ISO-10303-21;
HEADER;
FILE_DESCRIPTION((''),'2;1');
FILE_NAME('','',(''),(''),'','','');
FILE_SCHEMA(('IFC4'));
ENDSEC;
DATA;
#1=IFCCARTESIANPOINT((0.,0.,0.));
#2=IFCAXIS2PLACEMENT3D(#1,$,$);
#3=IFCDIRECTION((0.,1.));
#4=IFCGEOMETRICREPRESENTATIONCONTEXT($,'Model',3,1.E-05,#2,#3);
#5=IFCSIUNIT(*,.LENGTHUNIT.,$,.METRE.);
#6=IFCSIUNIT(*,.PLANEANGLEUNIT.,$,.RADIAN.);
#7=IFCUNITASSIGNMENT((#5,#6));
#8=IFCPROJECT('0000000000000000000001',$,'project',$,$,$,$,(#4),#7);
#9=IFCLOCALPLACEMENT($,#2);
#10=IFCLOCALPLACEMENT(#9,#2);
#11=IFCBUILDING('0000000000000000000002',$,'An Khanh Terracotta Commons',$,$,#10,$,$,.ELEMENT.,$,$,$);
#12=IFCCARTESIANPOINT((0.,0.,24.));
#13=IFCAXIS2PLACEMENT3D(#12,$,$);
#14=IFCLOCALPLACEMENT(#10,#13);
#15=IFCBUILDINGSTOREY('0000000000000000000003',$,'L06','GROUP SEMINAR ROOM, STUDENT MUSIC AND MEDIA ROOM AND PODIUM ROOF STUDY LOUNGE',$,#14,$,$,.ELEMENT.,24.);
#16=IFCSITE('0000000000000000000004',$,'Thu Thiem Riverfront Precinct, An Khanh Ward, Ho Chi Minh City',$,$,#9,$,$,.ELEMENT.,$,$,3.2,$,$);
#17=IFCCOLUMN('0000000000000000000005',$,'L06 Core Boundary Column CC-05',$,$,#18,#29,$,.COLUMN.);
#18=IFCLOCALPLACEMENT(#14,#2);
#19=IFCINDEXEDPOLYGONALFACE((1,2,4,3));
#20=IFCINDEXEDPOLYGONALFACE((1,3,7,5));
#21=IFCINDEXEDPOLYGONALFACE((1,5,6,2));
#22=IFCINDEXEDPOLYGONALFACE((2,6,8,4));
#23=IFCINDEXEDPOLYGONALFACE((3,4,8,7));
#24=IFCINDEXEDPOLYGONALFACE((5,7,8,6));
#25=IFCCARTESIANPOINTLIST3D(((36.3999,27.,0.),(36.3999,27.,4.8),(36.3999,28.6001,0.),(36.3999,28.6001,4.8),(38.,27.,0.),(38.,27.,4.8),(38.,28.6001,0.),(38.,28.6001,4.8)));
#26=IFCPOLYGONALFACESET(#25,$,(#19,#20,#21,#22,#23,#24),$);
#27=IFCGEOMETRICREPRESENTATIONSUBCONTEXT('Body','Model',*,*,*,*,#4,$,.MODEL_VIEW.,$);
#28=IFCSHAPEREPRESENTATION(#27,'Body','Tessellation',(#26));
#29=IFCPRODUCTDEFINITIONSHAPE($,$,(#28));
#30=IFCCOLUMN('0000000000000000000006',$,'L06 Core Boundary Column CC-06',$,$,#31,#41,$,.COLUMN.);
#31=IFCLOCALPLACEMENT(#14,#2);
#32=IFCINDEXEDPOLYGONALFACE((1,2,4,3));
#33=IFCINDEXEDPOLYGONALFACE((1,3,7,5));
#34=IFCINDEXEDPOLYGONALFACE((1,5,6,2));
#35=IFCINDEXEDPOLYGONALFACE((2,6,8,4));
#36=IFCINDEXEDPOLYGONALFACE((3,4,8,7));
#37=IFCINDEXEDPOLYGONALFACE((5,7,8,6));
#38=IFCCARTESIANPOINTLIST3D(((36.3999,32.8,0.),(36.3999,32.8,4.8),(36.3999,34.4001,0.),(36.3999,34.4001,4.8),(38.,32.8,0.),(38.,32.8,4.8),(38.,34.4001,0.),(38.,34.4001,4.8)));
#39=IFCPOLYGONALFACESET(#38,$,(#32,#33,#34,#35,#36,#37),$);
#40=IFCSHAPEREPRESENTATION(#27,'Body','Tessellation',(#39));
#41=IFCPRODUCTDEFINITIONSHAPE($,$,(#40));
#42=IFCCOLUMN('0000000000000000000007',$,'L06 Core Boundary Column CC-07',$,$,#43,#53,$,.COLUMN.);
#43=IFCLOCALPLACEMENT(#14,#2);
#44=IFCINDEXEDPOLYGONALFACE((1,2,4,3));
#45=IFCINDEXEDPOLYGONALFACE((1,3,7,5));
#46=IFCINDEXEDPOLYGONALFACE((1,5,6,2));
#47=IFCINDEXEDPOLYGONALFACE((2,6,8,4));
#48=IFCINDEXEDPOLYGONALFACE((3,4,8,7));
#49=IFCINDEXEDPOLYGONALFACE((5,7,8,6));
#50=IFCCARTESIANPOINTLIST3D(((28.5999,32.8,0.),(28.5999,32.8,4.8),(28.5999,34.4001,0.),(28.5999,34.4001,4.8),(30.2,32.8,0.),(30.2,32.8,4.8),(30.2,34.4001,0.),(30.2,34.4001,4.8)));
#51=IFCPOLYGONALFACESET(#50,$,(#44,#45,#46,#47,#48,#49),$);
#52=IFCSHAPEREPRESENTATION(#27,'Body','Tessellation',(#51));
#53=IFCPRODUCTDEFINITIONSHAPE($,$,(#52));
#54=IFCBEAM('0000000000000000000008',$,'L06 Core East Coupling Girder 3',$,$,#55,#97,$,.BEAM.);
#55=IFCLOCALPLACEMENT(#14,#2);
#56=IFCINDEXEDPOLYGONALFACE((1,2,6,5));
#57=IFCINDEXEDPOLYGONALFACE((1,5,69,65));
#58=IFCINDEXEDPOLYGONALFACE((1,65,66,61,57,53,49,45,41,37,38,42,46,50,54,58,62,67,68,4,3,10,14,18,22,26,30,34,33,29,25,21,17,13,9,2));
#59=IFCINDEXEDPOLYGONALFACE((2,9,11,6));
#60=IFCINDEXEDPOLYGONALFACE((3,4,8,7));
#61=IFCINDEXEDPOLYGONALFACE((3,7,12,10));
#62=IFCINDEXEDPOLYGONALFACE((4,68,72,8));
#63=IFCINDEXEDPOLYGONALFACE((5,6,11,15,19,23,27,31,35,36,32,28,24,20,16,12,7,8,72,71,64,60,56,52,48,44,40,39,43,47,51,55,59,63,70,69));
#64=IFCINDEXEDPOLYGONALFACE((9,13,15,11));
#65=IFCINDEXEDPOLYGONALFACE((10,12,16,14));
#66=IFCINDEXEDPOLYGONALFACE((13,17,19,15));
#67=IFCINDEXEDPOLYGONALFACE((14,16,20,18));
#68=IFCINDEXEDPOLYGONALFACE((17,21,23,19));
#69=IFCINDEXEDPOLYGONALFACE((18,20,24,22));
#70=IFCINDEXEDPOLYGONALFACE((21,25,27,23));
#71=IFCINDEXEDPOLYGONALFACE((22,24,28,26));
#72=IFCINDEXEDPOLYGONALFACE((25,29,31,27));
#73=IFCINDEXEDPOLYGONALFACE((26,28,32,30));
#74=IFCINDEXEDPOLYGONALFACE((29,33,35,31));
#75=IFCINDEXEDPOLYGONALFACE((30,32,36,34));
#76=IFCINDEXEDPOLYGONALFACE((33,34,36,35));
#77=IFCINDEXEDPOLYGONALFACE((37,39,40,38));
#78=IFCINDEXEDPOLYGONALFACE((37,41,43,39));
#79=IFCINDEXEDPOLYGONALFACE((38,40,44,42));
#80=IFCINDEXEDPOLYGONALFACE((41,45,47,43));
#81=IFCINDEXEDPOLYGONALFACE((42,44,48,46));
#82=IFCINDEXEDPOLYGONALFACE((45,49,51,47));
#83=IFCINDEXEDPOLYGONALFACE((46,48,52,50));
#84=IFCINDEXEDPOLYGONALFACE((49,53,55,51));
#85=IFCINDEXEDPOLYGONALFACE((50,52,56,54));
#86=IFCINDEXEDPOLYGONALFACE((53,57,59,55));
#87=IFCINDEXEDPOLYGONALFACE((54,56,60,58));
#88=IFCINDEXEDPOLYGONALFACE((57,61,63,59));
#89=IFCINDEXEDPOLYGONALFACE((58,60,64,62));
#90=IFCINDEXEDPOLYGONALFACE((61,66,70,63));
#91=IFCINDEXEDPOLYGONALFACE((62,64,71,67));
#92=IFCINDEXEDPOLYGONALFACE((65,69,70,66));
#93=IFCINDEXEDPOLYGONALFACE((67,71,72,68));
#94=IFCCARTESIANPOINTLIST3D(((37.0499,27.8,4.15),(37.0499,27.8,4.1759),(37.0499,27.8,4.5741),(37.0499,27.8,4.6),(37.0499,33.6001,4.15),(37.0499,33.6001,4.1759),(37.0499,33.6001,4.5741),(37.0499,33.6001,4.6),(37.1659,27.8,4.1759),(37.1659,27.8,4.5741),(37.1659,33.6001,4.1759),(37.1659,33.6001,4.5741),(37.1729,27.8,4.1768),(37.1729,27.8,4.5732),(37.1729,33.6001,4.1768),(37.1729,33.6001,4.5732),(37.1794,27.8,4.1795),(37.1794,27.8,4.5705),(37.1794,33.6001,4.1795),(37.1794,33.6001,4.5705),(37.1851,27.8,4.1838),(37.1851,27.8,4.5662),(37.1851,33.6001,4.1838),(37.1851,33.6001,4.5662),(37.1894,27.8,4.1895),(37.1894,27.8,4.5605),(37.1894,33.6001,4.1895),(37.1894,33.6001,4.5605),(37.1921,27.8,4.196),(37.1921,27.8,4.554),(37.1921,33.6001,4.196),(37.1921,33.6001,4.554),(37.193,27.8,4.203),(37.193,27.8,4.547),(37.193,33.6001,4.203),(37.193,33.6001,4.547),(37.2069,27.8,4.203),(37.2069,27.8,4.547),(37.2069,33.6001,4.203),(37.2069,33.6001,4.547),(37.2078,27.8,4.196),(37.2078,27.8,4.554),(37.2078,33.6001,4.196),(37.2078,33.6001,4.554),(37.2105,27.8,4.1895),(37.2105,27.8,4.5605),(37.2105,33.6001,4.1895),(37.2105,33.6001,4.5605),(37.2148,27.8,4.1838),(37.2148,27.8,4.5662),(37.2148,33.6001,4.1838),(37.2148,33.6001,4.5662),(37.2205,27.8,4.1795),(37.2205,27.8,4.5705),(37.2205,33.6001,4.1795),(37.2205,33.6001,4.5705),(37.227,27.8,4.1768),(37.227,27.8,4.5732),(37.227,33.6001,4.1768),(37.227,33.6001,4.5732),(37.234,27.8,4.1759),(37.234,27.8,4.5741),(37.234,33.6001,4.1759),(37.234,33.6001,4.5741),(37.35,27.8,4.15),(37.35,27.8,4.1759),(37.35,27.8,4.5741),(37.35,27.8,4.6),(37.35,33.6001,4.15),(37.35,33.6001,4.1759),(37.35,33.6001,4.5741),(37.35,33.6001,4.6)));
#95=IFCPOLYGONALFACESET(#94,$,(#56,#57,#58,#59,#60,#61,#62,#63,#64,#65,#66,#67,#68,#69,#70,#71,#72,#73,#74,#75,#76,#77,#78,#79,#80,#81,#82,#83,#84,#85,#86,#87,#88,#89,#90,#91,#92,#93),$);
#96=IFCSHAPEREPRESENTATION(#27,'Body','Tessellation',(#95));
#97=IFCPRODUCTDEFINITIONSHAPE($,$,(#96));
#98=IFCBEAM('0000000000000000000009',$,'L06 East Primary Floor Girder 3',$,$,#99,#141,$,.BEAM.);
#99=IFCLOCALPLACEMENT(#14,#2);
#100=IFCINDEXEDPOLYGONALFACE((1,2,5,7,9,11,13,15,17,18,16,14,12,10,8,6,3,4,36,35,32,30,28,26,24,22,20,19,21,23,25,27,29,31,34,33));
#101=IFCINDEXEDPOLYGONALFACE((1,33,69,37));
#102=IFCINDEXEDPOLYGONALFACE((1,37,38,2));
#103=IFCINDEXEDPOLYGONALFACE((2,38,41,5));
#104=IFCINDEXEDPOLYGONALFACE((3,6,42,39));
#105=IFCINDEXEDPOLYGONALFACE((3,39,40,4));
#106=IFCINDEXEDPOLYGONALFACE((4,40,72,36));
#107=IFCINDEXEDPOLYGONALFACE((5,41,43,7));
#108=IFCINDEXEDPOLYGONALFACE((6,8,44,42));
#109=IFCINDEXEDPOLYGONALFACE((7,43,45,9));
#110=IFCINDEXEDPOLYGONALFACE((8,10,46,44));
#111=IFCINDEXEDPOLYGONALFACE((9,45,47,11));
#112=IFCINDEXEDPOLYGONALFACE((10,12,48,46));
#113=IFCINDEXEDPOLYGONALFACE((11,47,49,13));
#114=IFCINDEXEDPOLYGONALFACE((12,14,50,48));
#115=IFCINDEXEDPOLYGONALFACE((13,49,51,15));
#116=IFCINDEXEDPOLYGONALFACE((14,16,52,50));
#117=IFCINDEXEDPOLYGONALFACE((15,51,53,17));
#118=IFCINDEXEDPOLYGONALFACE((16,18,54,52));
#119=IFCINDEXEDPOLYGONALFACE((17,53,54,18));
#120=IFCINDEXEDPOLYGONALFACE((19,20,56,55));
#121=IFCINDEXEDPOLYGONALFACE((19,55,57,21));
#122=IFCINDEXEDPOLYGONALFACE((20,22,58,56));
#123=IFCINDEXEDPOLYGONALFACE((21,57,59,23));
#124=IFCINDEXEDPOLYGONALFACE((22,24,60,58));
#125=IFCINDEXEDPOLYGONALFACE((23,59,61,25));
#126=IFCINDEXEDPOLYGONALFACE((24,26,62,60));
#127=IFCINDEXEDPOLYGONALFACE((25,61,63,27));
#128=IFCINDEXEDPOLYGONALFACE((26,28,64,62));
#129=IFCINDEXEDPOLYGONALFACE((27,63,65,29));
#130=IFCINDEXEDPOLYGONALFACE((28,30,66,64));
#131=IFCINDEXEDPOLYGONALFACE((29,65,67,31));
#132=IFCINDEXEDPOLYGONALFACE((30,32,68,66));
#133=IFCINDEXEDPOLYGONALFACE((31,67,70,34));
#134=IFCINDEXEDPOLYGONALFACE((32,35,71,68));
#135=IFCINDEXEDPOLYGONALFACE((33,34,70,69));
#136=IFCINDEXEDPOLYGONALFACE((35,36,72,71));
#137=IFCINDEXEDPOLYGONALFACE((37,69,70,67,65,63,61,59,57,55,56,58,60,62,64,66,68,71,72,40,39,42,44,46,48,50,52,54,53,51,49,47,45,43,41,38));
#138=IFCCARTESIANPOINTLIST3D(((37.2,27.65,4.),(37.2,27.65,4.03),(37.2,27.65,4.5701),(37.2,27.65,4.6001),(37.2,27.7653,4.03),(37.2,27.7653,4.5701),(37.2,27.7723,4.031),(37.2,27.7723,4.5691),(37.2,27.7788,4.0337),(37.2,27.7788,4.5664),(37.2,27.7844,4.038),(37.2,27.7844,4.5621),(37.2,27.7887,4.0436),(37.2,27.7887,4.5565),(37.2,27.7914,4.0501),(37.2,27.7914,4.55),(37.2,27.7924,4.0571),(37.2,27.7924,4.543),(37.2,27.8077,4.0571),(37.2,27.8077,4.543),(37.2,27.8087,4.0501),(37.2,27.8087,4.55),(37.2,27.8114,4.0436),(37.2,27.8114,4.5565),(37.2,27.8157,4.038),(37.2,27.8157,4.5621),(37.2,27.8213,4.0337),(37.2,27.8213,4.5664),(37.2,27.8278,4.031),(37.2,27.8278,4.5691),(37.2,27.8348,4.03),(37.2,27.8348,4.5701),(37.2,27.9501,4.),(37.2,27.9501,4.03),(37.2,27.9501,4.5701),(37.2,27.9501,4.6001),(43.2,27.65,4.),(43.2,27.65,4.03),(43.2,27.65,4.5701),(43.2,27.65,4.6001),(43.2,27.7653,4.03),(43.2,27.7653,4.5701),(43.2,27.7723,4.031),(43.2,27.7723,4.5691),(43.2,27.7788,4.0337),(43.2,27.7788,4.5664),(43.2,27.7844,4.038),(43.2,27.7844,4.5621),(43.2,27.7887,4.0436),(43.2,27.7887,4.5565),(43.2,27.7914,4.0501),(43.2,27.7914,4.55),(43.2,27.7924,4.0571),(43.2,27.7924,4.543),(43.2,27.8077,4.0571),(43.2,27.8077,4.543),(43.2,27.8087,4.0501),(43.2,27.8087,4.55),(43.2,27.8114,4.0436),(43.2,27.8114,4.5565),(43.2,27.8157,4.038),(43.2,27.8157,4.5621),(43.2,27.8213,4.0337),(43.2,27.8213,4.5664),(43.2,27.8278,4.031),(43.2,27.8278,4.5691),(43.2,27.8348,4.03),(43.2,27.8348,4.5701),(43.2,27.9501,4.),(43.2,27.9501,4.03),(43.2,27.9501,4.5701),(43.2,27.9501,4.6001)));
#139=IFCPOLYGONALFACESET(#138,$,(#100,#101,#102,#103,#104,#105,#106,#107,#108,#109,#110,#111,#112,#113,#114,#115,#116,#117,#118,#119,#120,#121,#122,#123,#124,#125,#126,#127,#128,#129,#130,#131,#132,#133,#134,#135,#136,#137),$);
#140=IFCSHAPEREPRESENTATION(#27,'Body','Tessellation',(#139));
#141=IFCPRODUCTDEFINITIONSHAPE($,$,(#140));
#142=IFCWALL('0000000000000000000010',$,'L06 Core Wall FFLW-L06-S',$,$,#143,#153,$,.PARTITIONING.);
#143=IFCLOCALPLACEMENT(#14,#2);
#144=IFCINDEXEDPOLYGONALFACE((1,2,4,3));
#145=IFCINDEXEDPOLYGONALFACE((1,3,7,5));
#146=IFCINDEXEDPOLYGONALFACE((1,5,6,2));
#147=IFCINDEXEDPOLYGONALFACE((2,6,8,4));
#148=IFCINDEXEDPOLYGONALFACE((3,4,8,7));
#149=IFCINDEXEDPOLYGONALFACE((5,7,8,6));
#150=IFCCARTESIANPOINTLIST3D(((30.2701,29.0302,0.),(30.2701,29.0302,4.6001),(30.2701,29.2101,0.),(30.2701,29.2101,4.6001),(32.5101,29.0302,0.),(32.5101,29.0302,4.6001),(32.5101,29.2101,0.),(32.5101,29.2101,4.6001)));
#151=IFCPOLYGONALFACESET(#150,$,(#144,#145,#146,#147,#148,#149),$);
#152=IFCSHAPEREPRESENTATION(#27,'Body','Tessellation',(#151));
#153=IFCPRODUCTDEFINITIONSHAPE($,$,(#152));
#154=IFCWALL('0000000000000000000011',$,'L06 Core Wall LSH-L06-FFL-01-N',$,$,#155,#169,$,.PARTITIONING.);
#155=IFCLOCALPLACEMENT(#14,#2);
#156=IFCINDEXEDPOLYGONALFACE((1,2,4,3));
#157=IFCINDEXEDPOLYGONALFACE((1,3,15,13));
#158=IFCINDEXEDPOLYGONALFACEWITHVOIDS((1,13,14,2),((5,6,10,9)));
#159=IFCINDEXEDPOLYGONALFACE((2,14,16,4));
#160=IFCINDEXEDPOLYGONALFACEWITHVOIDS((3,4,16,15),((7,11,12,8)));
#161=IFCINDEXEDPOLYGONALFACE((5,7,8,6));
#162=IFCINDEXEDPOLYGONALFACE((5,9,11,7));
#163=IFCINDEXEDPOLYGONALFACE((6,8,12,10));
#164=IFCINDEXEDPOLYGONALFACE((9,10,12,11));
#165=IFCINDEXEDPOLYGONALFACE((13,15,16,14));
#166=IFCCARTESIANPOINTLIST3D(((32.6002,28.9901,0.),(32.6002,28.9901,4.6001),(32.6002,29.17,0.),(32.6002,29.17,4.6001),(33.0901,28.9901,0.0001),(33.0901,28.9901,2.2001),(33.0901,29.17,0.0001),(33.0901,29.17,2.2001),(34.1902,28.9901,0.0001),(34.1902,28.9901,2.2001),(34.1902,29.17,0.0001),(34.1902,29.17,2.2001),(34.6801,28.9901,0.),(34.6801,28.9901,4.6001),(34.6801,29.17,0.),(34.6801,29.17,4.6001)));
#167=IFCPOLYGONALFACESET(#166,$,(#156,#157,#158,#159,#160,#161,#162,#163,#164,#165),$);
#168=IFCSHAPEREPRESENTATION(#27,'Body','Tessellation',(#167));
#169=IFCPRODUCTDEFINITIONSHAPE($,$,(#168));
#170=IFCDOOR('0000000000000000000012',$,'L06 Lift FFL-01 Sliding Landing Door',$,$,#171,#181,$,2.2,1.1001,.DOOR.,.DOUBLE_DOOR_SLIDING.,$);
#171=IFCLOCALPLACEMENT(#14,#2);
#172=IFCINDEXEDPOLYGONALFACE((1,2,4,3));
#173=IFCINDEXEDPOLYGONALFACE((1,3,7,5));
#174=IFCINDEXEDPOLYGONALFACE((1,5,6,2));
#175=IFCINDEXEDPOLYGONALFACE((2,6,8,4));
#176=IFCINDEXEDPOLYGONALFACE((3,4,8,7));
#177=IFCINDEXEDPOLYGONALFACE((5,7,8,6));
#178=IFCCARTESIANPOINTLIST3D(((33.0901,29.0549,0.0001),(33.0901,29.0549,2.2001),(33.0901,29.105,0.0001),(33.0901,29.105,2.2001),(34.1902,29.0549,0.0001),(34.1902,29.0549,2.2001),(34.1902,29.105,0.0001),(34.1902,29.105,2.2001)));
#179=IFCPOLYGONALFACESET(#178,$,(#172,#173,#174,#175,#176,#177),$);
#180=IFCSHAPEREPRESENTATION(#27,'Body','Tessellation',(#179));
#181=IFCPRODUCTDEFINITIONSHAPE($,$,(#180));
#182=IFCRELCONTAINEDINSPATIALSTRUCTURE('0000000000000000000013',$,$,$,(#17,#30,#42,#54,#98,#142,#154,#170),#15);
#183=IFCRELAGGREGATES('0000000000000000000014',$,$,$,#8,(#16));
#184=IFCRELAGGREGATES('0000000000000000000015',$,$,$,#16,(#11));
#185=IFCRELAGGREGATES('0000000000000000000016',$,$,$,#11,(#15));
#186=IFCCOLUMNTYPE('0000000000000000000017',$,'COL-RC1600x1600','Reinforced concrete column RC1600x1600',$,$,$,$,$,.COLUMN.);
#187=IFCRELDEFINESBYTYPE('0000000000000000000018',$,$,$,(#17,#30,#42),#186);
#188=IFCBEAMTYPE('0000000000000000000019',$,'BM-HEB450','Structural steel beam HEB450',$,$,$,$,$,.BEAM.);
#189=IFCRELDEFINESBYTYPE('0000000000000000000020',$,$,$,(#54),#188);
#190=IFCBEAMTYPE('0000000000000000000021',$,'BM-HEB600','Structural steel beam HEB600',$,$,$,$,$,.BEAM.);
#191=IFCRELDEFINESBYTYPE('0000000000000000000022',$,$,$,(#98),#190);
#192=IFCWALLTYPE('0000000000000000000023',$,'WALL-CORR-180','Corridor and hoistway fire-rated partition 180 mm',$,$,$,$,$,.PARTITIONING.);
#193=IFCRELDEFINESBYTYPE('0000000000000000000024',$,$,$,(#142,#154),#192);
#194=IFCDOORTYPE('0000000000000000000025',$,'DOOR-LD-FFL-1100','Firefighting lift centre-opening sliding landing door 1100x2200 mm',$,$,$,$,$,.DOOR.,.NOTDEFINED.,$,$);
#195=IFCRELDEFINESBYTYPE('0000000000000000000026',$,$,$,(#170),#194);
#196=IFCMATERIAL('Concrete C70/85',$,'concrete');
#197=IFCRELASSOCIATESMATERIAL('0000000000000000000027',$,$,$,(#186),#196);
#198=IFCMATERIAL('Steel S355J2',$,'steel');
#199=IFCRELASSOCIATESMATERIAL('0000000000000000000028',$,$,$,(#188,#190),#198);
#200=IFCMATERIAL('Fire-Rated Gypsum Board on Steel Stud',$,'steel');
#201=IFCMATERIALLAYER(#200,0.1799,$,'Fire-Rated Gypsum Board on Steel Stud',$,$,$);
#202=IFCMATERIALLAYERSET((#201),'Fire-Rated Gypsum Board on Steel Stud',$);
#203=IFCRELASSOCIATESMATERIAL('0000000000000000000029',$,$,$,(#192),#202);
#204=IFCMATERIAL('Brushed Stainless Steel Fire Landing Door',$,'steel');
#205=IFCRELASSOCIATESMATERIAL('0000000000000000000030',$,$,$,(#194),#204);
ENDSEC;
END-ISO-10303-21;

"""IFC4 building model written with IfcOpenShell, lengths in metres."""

from ifc_helpers import new_model, si_unit, direction, frame, frame_2d, origin, origin_2d, place, context, subcontext, project, spatial, rectangle, i_section, extrude, material, layer, layer_set, material_profile, profile_set, type_object, element, fill, save


model = new_model("IFC4")

# Units and contexts
model_context = context("Model", 3, precision=1e-05, world=origin(), true_north=direction((0.0, 1.0)))
body_context = subcontext(model_context, "Body", "Model", "MODEL_VIEW")
ifc_project = project(units=[si_unit("LENGTHUNIT", "METRE"), si_unit("PLANEANGLEUNIT", "RADIAN")], contexts=[model_context])

# Site, building, storey
site_placement = place(None, origin())
site = spatial("IfcSite", under=ifc_project, at=site_placement, Name="Thu Thiem Riverfront Precinct, An Khanh Ward, Ho Chi Minh City", CompositionType="ELEMENT", RefElevation=3.2)
building_placement = place(site_placement, origin())
building = spatial("IfcBuilding", under=site, at=building_placement, Name="An Khanh Terracotta Commons", CompositionType="ELEMENT")
storey_placement = place(building_placement, frame((0.0, 0.0, 24.0)))
storey = spatial("IfcBuildingStorey", under=building, at=storey_placement, Name="L06", Description="GROUP SEMINAR ROOM, STUDENT MUSIC AND MEDIA ROOM AND PODIUM ROOF STUDY LOUNGE", CompositionType="ELEMENT", Elevation=24.0)

# Columns
ifc_material_1 = material(Name="Concrete C70/85", Category="concrete")
ifc_material_profile_1 = material_profile(ifc_material_1, rectangle(XDim=1.6001, YDim=1.6001, at=origin_2d()), Name="RC1600x1600")
ifc_profile_set_1 = profile_set([ifc_material_profile_1], Name="Concrete C70/85")
column_type = type_object("IfcColumnType", Name="COL-RC1600x1600", Description="Reinforced concrete column RC1600x1600", PredefinedType="COLUMN", material=ifc_profile_set_1)
for number, where, z_axis, x_axis, name in (
    (1, (37.2, 27.8, 0.0), (0.0, 0.0, 1.0), (1.0, 0.0, 0.0), "L06 Core Boundary Column CC-05"),
    (2, (37.2, 33.6001, 0.0), (0.0, 0.0, 1.0), (1.0, 0.0, 0.0), "L06 Core Boundary Column CC-06"),
    (3, (29.3999, 33.6001, 0.0), (0.0, 0.0, 1.0), (1.0, 0.0, 0.0), "L06 Core Boundary Column CC-07"),
):
    element("IfcColumn", number, at=place(storey_placement, frame(where, z_axis=z_axis, x_axis=x_axis)), inside=storey, type_object=column_type, Name=name, PredefinedType="COLUMN", context=body_context, shape_type="SweptSolid", body=[
        extrude(rectangle(XDim=1.6001, YDim=1.6001, at=origin_2d()), origin(), (0.0, 0.0, 1.0), 4.8),
    ])

# Beams
ifc_material_2 = material(Name="Steel S355J2", Category="steel")
ifc_material_profile_2 = material_profile(ifc_material_2, i_section(OverallWidth=0.3, OverallDepth=0.45, WebThickness=0.0139, FlangeThickness=0.0259, FilletRadius=0.0271, at=origin_2d()), Name="HEB450")
ifc_profile_set_2 = profile_set([ifc_material_profile_2], Name="Steel S355J2")
beam_type_1 = type_object("IfcBeamType", Name="BM-HEB450", Description="Structural steel beam HEB450", PredefinedType="BEAM", material=ifc_profile_set_2)
beam_1_placement = place(storey_placement, frame((37.2, 27.8, 4.375), z_axis=(0.0, 1.0, 0.0), x_axis=(-1.0, 0.0, 0.0)))
element("IfcBeam", 4, at=beam_1_placement, inside=storey, type_object=beam_type_1, Name="L06 Core East Coupling Girder 3", PredefinedType="BEAM", context=body_context, shape_type="SweptSolid", body=[
    extrude(i_section(OverallWidth=0.3, OverallDepth=0.45, WebThickness=0.0139, FlangeThickness=0.0259, FilletRadius=0.0271, at=origin_2d()), origin(), (0.0, 0.0, 1.0), 5.8),
])
ifc_material_profile_3 = material_profile(ifc_material_2, i_section(OverallWidth=0.3, OverallDepth=0.6001, WebThickness=0.0154, FlangeThickness=0.03, FilletRadius=0.0271, at=origin_2d()), Name="HEB600")
ifc_profile_set_3 = profile_set([ifc_material_profile_3], Name="Steel S355J2")
beam_type_2 = type_object("IfcBeamType", Name="BM-HEB600", Description="Structural steel beam HEB600", PredefinedType="BEAM", material=ifc_profile_set_3)
beam_2_placement = place(storey_placement, frame((37.2, 27.8, 4.3), z_axis=(1.0, 0.0, 0.0), x_axis=(0.0, 1.0, 0.0)))
element("IfcBeam", 5, at=beam_2_placement, inside=storey, type_object=beam_type_2, Name="L06 East Primary Floor Girder 3", PredefinedType="BEAM", context=body_context, shape_type="SweptSolid", body=[
    extrude(i_section(OverallWidth=0.3, OverallDepth=0.6001, WebThickness=0.0154, FlangeThickness=0.03, FilletRadius=0.0271, at=origin_2d()), origin(), (0.0, 0.0, 1.0), 6.0),
])

# Wall
ifc_material_3 = material(Name="Fire-Rated Gypsum Board on Steel Stud", Category="steel")
ifc_layer_1 = layer(ifc_material_3, 0.1799, Name="Fire-Rated Gypsum Board on Steel Stud")
ifc_layer_set_1 = layer_set([ifc_layer_1], Name="Fire-Rated Gypsum Board on Steel Stud")
wall_type_1 = type_object("IfcWallType", Name="WALL-CORR-180", Description="Corridor and hoistway fire-rated partition 180 mm", PredefinedType="PARTITIONING", material=ifc_layer_set_1)
wall_1_placement = place(storey_placement, frame((30.27, 29.1201, 0.0), z_axis=(0.0, 0.0, 1.0), x_axis=(1.0, 0.0, 0.0)))
element("IfcWall", 6, at=wall_1_placement, inside=storey, type_object=wall_type_1, Name="L06 Core Wall FFLW-L06-S", PredefinedType="PARTITIONING", context=body_context, shape_type="SweptSolid", body=[
    extrude(rectangle(XDim=2.24, YDim=0.1799, at=frame_2d((1.1201, 0.0))), origin(), (0.0, 0.0, 1.0), 4.6001),
])

# Wall, opening, door
wall_2_placement = place(storey_placement, frame((32.6001, 29.0801, 0.0), z_axis=(0.0, 0.0, 1.0), x_axis=(1.0, 0.0, 0.0)))
wall_2 = element("IfcWall", 7, at=wall_2_placement, inside=storey, type_object=wall_type_1, Name="L06 Core Wall LSH-L06-FFL-01-N", PredefinedType="PARTITIONING", context=body_context, shape_type="SweptSolid", body=[
    extrude(rectangle(XDim=2.0798, YDim=0.1799, at=frame_2d((1.04, 0.0))), origin(), (0.0, 0.0, 1.0), 4.6001),
])
opening_1_placement = place(wall_2_placement, frame((0.49, 0.0, 0.0)))
opening_1 = element("IfcOpeningElement", 8, at=opening_1_placement, cuts=wall_2, PredefinedType="OPENING", context=body_context, shape_type="SweptSolid", body=[
    extrude(rectangle(XDim=1.1001, YDim=2.2, at=frame_2d((0.55, 1.1001))), frame((0.0, 0.0999, 0.0), z_axis=(0.0, -1.0, 0.0), x_axis=(1.0, 0.0, 0.0)), (0.0, 0.0, 1.0), 0.2),
])
ifc_material_4 = material(Name="Brushed Stainless Steel Fire Landing Door", Category="steel")
door_type_1 = type_object("IfcDoorType", Name="DOOR-LD-FFL-1100", Description="Firefighting lift centre-opening sliding landing door 1100x2200 mm", OperationType="NOTDEFINED", PredefinedType="DOOR", material=ifc_material_4)
door_1_placement = place(opening_1_placement, origin())
door_1 = element("IfcDoor", 9, at=door_1_placement, inside=storey, type_object=door_type_1, Name="L06 Lift FFL-01 Sliding Landing Door", OperationType="DOUBLE_DOOR_SLIDING", OverallHeight=2.2, OverallWidth=1.1001, PredefinedType="DOOR", context=body_context, shape_type="SweptSolid", body=[
    extrude(rectangle(XDim=1.1001, YDim=2.2, at=frame_2d((0.55, 1.1001))), frame((0.0, 0.0249, 0.0), z_axis=(0.0, -1.0, 0.0), x_axis=(1.0, 0.0, 0.0)), (0.0, 0.0, 1.0), 0.05),
])
fill(opening_1, door_1)

save(model, "model.ifc")
